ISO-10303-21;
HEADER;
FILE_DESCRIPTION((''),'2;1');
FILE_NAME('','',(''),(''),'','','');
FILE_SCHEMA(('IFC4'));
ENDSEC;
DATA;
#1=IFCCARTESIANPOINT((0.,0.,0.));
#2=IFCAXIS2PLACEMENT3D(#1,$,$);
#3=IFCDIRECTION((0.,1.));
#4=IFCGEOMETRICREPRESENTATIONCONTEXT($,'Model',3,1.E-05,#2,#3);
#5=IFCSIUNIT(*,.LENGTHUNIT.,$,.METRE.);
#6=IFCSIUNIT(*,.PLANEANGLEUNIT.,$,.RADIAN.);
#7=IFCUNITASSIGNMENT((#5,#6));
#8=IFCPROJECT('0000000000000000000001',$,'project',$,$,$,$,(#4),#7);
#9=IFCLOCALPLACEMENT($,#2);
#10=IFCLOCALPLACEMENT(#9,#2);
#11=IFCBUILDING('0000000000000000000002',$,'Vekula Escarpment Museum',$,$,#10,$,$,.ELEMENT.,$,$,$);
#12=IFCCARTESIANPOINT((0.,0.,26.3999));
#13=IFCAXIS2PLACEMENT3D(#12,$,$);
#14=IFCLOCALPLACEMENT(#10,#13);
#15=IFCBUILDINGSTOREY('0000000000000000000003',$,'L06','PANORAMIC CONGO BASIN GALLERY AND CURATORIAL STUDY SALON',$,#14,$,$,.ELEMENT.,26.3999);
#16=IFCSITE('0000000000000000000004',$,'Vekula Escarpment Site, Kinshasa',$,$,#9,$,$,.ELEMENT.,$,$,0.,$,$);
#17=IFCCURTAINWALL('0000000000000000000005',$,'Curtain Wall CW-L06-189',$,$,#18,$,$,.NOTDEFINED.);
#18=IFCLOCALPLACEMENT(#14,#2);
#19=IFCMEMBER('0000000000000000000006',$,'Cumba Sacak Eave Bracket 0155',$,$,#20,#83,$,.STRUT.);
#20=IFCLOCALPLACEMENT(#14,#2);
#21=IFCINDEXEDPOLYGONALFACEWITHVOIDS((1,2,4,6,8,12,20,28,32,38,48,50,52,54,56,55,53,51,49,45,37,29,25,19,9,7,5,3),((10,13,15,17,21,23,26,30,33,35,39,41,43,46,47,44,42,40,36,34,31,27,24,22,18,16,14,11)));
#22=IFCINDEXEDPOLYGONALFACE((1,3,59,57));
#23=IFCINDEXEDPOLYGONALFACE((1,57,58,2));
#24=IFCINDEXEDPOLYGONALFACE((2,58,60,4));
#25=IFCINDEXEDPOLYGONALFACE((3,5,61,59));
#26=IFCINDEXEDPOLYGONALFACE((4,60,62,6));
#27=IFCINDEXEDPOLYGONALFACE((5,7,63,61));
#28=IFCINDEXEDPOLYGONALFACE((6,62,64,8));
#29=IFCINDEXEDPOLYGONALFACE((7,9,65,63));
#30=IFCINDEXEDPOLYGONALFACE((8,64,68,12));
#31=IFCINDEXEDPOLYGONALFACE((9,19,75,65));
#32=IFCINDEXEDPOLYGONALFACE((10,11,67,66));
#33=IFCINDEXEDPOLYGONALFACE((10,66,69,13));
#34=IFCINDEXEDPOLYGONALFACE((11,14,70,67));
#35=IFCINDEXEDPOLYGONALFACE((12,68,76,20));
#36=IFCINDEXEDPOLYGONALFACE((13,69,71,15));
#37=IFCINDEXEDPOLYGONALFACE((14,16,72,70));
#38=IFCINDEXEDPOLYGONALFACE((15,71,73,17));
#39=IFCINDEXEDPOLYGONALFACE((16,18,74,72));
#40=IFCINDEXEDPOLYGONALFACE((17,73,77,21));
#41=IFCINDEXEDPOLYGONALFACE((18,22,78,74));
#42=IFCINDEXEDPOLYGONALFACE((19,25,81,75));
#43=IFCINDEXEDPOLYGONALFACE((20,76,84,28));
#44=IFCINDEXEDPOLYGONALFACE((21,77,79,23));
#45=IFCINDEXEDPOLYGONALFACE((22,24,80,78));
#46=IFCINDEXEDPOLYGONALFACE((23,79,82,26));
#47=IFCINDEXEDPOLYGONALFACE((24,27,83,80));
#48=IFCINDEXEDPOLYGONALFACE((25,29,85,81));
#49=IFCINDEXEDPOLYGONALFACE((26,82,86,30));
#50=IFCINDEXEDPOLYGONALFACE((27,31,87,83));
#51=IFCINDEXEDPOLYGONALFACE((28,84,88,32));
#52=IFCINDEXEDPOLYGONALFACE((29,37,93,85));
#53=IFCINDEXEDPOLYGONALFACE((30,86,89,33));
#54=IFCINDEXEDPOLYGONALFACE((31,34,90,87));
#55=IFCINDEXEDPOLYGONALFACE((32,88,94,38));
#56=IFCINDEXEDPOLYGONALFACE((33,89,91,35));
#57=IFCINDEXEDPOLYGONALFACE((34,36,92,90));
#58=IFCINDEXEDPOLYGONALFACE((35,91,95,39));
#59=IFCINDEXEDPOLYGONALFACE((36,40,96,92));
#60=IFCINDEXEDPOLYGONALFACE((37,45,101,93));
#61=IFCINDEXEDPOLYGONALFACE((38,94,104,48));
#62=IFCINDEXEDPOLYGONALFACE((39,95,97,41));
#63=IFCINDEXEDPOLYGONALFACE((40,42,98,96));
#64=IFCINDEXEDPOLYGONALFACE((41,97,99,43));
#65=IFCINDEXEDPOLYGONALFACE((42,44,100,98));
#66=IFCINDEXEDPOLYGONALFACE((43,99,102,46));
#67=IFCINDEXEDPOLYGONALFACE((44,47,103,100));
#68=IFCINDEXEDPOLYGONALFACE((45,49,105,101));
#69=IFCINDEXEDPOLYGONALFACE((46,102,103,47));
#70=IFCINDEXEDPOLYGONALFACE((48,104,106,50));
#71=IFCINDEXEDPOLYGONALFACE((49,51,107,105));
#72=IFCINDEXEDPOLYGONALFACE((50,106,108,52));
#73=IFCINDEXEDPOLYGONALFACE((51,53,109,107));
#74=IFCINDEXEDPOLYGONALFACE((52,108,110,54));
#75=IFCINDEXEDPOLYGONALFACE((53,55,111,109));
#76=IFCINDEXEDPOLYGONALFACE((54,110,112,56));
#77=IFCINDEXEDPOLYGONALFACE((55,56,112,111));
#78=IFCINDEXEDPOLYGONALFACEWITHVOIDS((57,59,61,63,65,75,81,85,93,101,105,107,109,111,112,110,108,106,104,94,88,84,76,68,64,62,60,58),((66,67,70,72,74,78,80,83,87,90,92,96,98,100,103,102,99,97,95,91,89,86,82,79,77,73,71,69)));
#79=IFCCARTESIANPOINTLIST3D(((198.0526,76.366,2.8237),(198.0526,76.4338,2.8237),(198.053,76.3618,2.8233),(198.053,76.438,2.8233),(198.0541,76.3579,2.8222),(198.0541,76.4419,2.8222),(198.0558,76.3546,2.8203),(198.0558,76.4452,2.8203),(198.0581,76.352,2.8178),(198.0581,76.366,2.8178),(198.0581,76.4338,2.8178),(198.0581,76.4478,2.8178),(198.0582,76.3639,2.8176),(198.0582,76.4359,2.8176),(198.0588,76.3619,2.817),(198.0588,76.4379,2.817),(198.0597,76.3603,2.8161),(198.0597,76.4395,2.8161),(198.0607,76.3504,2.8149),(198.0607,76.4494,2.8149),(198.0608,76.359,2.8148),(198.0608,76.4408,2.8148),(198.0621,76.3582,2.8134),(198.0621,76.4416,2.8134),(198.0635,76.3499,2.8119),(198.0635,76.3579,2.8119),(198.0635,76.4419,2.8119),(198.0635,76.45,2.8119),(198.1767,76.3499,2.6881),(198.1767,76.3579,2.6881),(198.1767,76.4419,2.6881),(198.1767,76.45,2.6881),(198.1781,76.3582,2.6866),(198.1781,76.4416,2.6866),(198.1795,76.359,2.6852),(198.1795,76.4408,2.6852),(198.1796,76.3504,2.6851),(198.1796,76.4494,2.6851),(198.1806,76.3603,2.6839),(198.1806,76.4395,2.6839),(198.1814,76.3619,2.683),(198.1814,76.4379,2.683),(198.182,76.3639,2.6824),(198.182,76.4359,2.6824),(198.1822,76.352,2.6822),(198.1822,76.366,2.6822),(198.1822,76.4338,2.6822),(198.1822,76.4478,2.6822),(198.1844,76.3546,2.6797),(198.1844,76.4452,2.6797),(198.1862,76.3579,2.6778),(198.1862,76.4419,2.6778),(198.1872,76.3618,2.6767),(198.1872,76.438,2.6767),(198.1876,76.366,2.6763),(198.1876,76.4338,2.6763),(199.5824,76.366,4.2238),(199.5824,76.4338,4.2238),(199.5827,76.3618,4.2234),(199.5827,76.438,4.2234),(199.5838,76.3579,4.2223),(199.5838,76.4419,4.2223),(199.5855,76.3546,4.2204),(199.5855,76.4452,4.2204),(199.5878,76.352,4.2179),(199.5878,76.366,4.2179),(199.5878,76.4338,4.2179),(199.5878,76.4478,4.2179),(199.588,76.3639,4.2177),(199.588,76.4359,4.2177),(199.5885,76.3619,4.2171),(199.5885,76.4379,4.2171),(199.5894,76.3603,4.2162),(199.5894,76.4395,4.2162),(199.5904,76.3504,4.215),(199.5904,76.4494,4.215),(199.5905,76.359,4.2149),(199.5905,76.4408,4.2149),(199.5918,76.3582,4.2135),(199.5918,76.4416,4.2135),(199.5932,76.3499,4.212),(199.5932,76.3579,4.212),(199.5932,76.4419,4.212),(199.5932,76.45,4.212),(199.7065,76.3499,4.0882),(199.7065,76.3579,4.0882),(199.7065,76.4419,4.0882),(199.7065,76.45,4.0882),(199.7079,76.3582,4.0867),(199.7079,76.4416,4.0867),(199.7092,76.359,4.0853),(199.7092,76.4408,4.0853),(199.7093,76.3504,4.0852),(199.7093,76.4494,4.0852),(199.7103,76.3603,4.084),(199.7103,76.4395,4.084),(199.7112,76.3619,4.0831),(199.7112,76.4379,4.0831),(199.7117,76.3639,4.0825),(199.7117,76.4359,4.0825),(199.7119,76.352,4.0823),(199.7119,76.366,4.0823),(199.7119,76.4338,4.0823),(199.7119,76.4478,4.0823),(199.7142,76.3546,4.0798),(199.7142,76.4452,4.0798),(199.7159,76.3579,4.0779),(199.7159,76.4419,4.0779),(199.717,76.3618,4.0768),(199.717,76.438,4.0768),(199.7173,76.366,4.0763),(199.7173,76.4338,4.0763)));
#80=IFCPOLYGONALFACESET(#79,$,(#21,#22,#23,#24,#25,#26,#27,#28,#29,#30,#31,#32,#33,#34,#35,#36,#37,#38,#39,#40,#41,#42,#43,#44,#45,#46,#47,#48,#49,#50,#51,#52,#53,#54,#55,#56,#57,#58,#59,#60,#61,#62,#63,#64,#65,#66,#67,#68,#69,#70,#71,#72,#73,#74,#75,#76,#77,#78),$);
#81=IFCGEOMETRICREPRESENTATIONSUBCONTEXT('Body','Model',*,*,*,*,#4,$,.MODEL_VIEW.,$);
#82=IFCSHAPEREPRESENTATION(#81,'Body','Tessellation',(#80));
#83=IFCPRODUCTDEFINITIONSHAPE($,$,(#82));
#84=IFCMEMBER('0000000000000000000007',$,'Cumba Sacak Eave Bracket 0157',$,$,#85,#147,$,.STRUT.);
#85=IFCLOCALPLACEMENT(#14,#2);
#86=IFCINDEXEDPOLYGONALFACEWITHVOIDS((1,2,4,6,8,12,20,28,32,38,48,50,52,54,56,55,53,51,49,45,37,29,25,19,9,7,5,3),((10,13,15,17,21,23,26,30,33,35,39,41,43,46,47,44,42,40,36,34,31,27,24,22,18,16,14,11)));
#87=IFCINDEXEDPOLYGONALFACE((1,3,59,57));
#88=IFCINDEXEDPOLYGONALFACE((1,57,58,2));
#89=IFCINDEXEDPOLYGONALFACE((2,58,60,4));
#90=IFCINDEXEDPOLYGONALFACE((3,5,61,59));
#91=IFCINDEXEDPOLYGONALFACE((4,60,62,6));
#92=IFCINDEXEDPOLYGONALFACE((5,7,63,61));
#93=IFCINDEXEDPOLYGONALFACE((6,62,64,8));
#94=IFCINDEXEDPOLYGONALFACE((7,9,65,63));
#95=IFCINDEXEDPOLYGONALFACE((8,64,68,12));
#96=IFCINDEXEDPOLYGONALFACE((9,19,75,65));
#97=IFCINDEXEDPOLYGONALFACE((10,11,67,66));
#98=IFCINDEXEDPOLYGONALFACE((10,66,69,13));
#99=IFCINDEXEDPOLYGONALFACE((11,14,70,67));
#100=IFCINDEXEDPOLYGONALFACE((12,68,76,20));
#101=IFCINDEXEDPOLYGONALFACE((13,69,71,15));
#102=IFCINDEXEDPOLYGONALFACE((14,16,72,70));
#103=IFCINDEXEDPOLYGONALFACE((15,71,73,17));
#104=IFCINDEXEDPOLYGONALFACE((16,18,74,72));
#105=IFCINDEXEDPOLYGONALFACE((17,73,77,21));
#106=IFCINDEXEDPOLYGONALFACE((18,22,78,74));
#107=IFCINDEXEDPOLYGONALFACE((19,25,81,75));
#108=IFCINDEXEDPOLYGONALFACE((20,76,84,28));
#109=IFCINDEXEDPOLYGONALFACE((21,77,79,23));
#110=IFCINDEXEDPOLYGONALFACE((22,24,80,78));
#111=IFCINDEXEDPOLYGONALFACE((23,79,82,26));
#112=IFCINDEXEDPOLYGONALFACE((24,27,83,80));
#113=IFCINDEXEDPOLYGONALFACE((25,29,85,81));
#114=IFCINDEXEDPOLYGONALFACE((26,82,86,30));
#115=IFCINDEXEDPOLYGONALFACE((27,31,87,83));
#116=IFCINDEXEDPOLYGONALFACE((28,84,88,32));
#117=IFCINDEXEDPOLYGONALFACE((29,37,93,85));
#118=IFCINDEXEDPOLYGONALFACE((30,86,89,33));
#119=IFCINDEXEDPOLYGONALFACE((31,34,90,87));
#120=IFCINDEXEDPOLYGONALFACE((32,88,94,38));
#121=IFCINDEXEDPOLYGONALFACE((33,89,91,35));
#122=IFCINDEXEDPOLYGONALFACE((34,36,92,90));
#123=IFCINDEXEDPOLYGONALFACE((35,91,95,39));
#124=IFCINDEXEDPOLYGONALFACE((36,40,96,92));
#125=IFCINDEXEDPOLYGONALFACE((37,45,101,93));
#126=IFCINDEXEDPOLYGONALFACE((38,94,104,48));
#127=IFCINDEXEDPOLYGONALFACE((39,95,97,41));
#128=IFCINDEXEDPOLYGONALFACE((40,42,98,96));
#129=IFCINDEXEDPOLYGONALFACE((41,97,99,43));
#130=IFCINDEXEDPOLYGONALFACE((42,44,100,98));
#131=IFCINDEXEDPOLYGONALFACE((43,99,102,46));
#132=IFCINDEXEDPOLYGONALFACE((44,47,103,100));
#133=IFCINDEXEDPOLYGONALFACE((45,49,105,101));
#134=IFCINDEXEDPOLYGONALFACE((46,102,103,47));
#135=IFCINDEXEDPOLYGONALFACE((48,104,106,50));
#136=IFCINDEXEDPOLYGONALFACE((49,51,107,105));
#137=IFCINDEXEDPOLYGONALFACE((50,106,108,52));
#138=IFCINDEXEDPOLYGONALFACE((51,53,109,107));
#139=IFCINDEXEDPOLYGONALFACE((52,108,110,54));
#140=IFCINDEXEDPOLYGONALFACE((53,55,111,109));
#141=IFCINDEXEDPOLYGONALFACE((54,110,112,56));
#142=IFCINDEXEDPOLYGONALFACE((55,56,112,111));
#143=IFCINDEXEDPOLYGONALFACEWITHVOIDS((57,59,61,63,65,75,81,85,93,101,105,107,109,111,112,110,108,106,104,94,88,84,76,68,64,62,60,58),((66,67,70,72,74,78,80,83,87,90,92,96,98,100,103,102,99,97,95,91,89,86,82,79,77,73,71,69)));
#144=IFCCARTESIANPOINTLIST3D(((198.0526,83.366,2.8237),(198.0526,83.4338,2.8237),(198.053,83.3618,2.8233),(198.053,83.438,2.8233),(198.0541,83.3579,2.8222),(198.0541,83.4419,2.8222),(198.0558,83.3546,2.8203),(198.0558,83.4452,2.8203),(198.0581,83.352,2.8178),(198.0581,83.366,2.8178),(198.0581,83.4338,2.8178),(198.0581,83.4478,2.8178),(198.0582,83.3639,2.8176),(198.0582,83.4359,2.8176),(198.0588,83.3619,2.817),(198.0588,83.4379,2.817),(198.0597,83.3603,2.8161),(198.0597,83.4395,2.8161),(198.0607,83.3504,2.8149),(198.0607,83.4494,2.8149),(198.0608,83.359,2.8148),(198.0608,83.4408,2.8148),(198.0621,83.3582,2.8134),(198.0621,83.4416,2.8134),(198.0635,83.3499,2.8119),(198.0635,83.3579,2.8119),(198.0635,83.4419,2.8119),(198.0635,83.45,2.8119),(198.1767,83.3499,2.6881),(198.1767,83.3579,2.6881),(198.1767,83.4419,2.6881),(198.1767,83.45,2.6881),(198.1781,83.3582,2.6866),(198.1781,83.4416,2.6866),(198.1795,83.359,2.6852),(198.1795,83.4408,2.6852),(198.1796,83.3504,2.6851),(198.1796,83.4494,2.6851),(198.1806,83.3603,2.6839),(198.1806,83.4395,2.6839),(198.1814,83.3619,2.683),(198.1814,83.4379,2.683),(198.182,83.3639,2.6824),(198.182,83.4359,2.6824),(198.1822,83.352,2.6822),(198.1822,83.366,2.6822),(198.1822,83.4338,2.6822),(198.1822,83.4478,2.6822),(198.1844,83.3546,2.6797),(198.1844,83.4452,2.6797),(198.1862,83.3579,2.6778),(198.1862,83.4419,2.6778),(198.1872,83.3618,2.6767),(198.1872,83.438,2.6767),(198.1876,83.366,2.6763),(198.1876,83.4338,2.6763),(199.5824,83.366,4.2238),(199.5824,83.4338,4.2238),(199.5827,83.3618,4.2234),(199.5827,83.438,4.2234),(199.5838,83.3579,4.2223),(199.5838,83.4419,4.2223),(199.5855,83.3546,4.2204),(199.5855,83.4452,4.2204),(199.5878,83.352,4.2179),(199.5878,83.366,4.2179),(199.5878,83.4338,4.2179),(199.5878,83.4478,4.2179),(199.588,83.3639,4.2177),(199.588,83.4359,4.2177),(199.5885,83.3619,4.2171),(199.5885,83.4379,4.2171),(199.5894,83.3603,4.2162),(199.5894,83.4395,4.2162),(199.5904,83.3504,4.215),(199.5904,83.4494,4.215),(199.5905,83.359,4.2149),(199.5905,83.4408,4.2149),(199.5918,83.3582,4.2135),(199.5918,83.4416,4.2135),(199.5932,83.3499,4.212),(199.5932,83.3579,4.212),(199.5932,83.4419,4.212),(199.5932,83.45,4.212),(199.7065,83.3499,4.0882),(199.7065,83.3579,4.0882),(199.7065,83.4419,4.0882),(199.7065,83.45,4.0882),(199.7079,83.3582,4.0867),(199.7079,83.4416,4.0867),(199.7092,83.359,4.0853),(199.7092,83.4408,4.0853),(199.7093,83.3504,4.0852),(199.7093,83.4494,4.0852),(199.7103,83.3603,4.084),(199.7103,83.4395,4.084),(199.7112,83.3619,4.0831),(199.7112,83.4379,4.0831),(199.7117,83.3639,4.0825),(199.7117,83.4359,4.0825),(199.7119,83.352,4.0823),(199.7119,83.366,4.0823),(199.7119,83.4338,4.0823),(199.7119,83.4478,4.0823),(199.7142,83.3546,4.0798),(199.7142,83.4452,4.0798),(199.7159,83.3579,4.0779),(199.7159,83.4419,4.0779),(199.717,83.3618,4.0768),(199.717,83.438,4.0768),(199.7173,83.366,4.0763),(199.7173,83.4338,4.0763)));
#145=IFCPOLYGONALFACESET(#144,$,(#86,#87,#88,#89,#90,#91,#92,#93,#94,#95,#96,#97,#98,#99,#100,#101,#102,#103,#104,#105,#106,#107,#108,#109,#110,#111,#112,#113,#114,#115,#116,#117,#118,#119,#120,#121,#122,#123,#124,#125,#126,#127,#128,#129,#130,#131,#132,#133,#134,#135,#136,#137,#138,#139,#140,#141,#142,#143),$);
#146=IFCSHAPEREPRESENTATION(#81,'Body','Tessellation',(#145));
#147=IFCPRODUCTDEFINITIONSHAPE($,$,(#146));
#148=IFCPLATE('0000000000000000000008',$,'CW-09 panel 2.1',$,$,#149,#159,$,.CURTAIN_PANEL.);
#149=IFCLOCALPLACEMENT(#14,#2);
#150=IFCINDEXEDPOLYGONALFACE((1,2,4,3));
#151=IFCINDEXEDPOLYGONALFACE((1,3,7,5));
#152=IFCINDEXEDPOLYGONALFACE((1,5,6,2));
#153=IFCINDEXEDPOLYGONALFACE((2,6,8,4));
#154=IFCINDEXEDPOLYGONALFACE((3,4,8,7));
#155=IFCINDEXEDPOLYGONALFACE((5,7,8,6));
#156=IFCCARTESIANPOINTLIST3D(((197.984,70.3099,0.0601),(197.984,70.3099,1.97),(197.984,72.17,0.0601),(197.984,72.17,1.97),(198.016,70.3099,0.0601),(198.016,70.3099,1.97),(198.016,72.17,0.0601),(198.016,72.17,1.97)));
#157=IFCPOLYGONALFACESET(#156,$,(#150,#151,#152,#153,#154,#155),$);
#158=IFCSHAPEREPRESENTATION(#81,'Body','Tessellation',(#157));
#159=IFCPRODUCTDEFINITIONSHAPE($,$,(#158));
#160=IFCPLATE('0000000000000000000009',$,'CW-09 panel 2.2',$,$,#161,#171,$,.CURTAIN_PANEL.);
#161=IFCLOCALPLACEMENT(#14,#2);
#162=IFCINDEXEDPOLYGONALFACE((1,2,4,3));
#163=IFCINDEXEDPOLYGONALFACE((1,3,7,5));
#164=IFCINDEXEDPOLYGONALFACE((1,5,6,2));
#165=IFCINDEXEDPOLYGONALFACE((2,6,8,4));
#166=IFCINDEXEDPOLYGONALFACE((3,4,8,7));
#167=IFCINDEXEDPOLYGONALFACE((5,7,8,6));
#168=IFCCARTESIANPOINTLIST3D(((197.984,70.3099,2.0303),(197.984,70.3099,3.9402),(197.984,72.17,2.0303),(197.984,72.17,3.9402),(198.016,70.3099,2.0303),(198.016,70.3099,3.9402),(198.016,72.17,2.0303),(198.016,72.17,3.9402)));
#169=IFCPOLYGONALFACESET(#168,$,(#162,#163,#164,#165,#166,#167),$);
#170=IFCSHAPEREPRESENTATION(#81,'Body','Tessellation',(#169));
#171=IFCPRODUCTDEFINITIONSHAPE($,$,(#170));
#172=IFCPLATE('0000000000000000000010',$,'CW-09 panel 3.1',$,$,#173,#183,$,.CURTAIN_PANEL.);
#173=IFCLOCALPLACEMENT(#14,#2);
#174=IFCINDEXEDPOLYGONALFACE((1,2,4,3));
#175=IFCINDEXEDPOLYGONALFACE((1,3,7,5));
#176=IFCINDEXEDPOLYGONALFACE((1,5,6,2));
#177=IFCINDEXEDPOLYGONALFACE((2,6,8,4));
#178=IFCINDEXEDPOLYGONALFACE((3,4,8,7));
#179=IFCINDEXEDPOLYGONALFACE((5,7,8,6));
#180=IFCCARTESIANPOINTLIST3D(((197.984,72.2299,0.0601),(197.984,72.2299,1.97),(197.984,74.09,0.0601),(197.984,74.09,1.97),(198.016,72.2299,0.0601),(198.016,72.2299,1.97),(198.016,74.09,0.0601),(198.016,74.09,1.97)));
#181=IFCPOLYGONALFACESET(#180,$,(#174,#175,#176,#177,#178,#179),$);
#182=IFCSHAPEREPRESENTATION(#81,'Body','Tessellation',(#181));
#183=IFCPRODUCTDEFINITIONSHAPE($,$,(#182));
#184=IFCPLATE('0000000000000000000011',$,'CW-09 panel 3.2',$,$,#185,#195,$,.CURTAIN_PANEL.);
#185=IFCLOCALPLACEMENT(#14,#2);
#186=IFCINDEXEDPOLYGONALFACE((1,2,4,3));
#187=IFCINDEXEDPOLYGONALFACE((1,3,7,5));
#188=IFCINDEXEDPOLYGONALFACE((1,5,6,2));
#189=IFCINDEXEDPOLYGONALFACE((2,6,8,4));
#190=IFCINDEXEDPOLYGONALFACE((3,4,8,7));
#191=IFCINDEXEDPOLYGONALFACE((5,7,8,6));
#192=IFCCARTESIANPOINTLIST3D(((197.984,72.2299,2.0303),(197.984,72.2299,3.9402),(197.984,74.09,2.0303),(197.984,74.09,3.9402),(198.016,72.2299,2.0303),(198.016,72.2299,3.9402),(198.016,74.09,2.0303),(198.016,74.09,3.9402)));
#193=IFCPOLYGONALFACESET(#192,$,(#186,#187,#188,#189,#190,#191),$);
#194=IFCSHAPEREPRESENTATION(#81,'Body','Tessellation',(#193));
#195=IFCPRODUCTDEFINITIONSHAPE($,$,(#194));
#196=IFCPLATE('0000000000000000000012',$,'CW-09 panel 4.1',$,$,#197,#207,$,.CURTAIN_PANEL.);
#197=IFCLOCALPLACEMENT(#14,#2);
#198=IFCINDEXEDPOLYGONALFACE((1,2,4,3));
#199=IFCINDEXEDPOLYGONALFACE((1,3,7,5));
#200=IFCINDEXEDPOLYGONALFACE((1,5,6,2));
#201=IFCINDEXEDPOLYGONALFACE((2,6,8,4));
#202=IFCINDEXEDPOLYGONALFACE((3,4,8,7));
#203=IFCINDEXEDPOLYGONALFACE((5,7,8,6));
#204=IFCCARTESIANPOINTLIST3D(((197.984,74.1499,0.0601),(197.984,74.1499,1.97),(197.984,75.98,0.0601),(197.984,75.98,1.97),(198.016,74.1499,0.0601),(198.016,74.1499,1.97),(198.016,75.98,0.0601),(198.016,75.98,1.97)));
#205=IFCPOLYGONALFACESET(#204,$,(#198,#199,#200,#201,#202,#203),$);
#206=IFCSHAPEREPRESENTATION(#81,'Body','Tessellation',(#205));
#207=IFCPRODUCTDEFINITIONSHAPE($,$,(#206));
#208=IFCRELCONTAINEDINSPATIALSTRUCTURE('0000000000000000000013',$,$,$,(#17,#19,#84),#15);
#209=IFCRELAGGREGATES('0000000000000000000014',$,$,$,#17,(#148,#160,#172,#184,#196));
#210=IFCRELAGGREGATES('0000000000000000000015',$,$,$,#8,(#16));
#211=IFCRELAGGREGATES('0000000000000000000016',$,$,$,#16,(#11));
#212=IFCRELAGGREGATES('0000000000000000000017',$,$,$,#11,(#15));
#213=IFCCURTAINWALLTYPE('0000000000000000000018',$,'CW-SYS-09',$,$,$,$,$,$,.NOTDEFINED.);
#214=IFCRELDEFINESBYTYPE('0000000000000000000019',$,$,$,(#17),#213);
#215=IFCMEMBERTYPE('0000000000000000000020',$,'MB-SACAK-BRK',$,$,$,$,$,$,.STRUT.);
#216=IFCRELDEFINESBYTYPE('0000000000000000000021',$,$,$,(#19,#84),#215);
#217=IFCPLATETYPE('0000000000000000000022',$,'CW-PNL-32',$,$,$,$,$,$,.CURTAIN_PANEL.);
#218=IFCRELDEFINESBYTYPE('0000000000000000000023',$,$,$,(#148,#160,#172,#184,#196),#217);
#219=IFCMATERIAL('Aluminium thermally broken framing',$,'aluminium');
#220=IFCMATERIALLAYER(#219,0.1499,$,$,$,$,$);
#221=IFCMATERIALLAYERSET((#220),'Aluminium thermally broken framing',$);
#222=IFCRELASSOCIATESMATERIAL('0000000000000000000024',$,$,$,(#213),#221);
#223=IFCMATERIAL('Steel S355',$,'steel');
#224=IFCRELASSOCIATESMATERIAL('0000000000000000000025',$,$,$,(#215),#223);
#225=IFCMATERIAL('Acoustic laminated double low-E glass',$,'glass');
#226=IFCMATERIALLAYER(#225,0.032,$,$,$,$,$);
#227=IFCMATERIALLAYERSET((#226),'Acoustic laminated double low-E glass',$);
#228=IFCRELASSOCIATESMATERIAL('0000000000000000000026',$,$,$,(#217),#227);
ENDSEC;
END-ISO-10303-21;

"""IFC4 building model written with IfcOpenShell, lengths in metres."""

from ifc_helpers import new_model, si_unit, direction, frame, origin, origin_2d, place, context, subcontext, project, spatial, rectangle, hollow_rectangle, extrude, material, layer, layer_set, material_profile, profile_set, type_object, element, aggregate, save


model = new_model("IFC4")

# Units and contexts
model_context = context("Model", 3, precision=1e-05, world=origin(), true_north=direction((0.0, 1.0)))
body_context = subcontext(model_context, "Body", "Model", "MODEL_VIEW")
ifc_project = project(units=[si_unit("LENGTHUNIT", "METRE"), si_unit("PLANEANGLEUNIT", "RADIAN")], contexts=[model_context])

# Site, building, storey
site_placement = place(None, origin())
site = spatial("IfcSite", under=ifc_project, at=site_placement, Name="Vekula Escarpment Site, Kinshasa", CompositionType="ELEMENT", RefElevation=0.0)
building_placement = place(site_placement, origin())
building = spatial("IfcBuilding", under=site, at=building_placement, Name="Vekula Escarpment Museum", CompositionType="ELEMENT")
storey_placement = place(building_placement, frame((0.0, 0.0, 26.3999)))
storey = spatial("IfcBuildingStorey", under=building, at=storey_placement, Name="L06", Description="PANORAMIC CONGO BASIN GALLERY AND CURATORIAL STUDY SALON", CompositionType="ELEMENT", Elevation=26.3999)

# Curtain wall
ifc_material_1 = material(Name="Aluminium thermally broken framing", Category="aluminium")
ifc_layer_1 = layer(ifc_material_1, 0.1499)
ifc_layer_set_1 = layer_set([ifc_layer_1], Name="Aluminium thermally broken framing")
curtain_wall_type = type_object("IfcCurtainWallType", Name="CW-SYS-09", PredefinedType="NOTDEFINED", material=ifc_layer_set_1)
curtain_wall_placement = place(storey_placement, origin())
curtain_wall = element("IfcCurtainWall", 1, at=curtain_wall_placement, inside=storey, type_object=curtain_wall_type, Name="Curtain Wall CW-L06-189", PredefinedType="NOTDEFINED")

# Members
ifc_material_2 = material(Name="Steel S355", Category="steel")
ifc_material_profile_1 = material_profile(ifc_material_2, hollow_rectangle(XDim=0.1001, YDim=0.2, WallThickness=0.0081, InnerFilletRadius=0.0081, OuterFilletRadius=0.0161, at=origin_2d()), Name="RHS 200x100x8")
ifc_profile_set_1 = profile_set([ifc_material_profile_1], Name="Steel S355")
member_type_1 = type_object("IfcMemberType", Name="MB-SACAK-BRK", PredefinedType="STRUT", material=ifc_profile_set_1)
for number, where, z_axis, x_axis, name in (
    (2, (198.1201, 76.3999, 2.75), (0.737672, 0.0, 0.675159), (0.0, 1.0, 0.0), "Cumba Sacak Eave Bracket 0155"),
    (3, (198.1201, 83.3999, 2.75), (0.737672, 0.0, 0.675159), (0.0, 1.0, 0.0), "Cumba Sacak Eave Bracket 0157"),
):
    element("IfcMember", number, at=place(storey_placement, frame(where, z_axis=z_axis, x_axis=x_axis)), inside=storey, type_object=member_type_1, Name=name, PredefinedType="STRUT", context=body_context, shape_type="SweptSolid", body=[
        extrude(hollow_rectangle(XDim=0.1001, YDim=0.2, WallThickness=0.0081, InnerFilletRadius=0.0081, OuterFilletRadius=0.0161, at=origin_2d()), origin(), (0.0, 0.0, 1.0), 2.0737),
    ])

# Plates
ifc_material_3 = material(Name="Acoustic laminated double low-E glass", Category="glass")
ifc_layer_2 = layer(ifc_material_3, 0.032)
ifc_layer_set_2 = layer_set([ifc_layer_2], Name="Acoustic laminated double low-E glass")
plate_type_1 = type_object("IfcPlateType", Name="CW-PNL-32", PredefinedType="CURTAIN_PANEL", material=ifc_layer_set_2)
plate_1_placement = place(storey_placement, frame((198.0, 71.24, 0.0601), z_axis=(0.0, 0.0, 1.0), x_axis=(0.0, 1.0, 0.0)))
plate_1 = element("IfcPlate", 4, at=plate_1_placement, type_object=plate_type_1, Name="CW-09 panel 2.1", PredefinedType="CURTAIN_PANEL", context=body_context, shape_type="SweptSolid", body=[
    extrude(rectangle(XDim=1.8601, YDim=0.032, at=origin_2d()), origin(), (0.0, 0.0, 1.0), 1.9099),
])
plate_2_placement = place(storey_placement, frame((198.0, 71.24, 2.0303), z_axis=(0.0, 0.0, 1.0), x_axis=(0.0, 1.0, 0.0)))
plate_2 = element("IfcPlate", 5, at=plate_2_placement, type_object=plate_type_1, Name="CW-09 panel 2.2", PredefinedType="CURTAIN_PANEL", context=body_context, shape_type="SweptSolid", body=[
    extrude(rectangle(XDim=1.8601, YDim=0.032, at=origin_2d()), origin(), (0.0, 0.0, 1.0), 1.9099),
])
plate_3_placement = place(storey_placement, frame((198.0, 73.1599, 0.0601), z_axis=(0.0, 0.0, 1.0), x_axis=(0.0, 1.0, 0.0)))
plate_3 = element("IfcPlate", 6, at=plate_3_placement, type_object=plate_type_1, Name="CW-09 panel 3.1", PredefinedType="CURTAIN_PANEL", context=body_context, shape_type="SweptSolid", body=[
    extrude(rectangle(XDim=1.8601, YDim=0.032, at=origin_2d()), origin(), (0.0, 0.0, 1.0), 1.9099),
])
plate_4_placement = place(storey_placement, frame((198.0, 73.1599, 2.0303), z_axis=(0.0, 0.0, 1.0), x_axis=(0.0, 1.0, 0.0)))
plate_4 = element("IfcPlate", 7, at=plate_4_placement, type_object=plate_type_1, Name="CW-09 panel 3.2", PredefinedType="CURTAIN_PANEL", context=body_context, shape_type="SweptSolid", body=[
    extrude(rectangle(XDim=1.8601, YDim=0.032, at=origin_2d()), origin(), (0.0, 0.0, 1.0), 1.9099),
])
plate_5_placement = place(storey_placement, frame((198.0, 75.0649, 0.0601), z_axis=(0.0, 0.0, 1.0), x_axis=(0.0, 1.0, 0.0)))
plate_5 = element("IfcPlate", 8, at=plate_5_placement, type_object=plate_type_1, Name="CW-09 panel 4.1", PredefinedType="CURTAIN_PANEL", context=body_context, shape_type="SweptSolid", body=[
    extrude(rectangle(XDim=1.8301, YDim=0.032, at=origin_2d()), origin(), (0.0, 0.0, 1.0), 1.9099),
])
aggregate(curtain_wall, [plate_1, plate_2, plate_3, plate_4, plate_5])

save(model, "model.ifc")
